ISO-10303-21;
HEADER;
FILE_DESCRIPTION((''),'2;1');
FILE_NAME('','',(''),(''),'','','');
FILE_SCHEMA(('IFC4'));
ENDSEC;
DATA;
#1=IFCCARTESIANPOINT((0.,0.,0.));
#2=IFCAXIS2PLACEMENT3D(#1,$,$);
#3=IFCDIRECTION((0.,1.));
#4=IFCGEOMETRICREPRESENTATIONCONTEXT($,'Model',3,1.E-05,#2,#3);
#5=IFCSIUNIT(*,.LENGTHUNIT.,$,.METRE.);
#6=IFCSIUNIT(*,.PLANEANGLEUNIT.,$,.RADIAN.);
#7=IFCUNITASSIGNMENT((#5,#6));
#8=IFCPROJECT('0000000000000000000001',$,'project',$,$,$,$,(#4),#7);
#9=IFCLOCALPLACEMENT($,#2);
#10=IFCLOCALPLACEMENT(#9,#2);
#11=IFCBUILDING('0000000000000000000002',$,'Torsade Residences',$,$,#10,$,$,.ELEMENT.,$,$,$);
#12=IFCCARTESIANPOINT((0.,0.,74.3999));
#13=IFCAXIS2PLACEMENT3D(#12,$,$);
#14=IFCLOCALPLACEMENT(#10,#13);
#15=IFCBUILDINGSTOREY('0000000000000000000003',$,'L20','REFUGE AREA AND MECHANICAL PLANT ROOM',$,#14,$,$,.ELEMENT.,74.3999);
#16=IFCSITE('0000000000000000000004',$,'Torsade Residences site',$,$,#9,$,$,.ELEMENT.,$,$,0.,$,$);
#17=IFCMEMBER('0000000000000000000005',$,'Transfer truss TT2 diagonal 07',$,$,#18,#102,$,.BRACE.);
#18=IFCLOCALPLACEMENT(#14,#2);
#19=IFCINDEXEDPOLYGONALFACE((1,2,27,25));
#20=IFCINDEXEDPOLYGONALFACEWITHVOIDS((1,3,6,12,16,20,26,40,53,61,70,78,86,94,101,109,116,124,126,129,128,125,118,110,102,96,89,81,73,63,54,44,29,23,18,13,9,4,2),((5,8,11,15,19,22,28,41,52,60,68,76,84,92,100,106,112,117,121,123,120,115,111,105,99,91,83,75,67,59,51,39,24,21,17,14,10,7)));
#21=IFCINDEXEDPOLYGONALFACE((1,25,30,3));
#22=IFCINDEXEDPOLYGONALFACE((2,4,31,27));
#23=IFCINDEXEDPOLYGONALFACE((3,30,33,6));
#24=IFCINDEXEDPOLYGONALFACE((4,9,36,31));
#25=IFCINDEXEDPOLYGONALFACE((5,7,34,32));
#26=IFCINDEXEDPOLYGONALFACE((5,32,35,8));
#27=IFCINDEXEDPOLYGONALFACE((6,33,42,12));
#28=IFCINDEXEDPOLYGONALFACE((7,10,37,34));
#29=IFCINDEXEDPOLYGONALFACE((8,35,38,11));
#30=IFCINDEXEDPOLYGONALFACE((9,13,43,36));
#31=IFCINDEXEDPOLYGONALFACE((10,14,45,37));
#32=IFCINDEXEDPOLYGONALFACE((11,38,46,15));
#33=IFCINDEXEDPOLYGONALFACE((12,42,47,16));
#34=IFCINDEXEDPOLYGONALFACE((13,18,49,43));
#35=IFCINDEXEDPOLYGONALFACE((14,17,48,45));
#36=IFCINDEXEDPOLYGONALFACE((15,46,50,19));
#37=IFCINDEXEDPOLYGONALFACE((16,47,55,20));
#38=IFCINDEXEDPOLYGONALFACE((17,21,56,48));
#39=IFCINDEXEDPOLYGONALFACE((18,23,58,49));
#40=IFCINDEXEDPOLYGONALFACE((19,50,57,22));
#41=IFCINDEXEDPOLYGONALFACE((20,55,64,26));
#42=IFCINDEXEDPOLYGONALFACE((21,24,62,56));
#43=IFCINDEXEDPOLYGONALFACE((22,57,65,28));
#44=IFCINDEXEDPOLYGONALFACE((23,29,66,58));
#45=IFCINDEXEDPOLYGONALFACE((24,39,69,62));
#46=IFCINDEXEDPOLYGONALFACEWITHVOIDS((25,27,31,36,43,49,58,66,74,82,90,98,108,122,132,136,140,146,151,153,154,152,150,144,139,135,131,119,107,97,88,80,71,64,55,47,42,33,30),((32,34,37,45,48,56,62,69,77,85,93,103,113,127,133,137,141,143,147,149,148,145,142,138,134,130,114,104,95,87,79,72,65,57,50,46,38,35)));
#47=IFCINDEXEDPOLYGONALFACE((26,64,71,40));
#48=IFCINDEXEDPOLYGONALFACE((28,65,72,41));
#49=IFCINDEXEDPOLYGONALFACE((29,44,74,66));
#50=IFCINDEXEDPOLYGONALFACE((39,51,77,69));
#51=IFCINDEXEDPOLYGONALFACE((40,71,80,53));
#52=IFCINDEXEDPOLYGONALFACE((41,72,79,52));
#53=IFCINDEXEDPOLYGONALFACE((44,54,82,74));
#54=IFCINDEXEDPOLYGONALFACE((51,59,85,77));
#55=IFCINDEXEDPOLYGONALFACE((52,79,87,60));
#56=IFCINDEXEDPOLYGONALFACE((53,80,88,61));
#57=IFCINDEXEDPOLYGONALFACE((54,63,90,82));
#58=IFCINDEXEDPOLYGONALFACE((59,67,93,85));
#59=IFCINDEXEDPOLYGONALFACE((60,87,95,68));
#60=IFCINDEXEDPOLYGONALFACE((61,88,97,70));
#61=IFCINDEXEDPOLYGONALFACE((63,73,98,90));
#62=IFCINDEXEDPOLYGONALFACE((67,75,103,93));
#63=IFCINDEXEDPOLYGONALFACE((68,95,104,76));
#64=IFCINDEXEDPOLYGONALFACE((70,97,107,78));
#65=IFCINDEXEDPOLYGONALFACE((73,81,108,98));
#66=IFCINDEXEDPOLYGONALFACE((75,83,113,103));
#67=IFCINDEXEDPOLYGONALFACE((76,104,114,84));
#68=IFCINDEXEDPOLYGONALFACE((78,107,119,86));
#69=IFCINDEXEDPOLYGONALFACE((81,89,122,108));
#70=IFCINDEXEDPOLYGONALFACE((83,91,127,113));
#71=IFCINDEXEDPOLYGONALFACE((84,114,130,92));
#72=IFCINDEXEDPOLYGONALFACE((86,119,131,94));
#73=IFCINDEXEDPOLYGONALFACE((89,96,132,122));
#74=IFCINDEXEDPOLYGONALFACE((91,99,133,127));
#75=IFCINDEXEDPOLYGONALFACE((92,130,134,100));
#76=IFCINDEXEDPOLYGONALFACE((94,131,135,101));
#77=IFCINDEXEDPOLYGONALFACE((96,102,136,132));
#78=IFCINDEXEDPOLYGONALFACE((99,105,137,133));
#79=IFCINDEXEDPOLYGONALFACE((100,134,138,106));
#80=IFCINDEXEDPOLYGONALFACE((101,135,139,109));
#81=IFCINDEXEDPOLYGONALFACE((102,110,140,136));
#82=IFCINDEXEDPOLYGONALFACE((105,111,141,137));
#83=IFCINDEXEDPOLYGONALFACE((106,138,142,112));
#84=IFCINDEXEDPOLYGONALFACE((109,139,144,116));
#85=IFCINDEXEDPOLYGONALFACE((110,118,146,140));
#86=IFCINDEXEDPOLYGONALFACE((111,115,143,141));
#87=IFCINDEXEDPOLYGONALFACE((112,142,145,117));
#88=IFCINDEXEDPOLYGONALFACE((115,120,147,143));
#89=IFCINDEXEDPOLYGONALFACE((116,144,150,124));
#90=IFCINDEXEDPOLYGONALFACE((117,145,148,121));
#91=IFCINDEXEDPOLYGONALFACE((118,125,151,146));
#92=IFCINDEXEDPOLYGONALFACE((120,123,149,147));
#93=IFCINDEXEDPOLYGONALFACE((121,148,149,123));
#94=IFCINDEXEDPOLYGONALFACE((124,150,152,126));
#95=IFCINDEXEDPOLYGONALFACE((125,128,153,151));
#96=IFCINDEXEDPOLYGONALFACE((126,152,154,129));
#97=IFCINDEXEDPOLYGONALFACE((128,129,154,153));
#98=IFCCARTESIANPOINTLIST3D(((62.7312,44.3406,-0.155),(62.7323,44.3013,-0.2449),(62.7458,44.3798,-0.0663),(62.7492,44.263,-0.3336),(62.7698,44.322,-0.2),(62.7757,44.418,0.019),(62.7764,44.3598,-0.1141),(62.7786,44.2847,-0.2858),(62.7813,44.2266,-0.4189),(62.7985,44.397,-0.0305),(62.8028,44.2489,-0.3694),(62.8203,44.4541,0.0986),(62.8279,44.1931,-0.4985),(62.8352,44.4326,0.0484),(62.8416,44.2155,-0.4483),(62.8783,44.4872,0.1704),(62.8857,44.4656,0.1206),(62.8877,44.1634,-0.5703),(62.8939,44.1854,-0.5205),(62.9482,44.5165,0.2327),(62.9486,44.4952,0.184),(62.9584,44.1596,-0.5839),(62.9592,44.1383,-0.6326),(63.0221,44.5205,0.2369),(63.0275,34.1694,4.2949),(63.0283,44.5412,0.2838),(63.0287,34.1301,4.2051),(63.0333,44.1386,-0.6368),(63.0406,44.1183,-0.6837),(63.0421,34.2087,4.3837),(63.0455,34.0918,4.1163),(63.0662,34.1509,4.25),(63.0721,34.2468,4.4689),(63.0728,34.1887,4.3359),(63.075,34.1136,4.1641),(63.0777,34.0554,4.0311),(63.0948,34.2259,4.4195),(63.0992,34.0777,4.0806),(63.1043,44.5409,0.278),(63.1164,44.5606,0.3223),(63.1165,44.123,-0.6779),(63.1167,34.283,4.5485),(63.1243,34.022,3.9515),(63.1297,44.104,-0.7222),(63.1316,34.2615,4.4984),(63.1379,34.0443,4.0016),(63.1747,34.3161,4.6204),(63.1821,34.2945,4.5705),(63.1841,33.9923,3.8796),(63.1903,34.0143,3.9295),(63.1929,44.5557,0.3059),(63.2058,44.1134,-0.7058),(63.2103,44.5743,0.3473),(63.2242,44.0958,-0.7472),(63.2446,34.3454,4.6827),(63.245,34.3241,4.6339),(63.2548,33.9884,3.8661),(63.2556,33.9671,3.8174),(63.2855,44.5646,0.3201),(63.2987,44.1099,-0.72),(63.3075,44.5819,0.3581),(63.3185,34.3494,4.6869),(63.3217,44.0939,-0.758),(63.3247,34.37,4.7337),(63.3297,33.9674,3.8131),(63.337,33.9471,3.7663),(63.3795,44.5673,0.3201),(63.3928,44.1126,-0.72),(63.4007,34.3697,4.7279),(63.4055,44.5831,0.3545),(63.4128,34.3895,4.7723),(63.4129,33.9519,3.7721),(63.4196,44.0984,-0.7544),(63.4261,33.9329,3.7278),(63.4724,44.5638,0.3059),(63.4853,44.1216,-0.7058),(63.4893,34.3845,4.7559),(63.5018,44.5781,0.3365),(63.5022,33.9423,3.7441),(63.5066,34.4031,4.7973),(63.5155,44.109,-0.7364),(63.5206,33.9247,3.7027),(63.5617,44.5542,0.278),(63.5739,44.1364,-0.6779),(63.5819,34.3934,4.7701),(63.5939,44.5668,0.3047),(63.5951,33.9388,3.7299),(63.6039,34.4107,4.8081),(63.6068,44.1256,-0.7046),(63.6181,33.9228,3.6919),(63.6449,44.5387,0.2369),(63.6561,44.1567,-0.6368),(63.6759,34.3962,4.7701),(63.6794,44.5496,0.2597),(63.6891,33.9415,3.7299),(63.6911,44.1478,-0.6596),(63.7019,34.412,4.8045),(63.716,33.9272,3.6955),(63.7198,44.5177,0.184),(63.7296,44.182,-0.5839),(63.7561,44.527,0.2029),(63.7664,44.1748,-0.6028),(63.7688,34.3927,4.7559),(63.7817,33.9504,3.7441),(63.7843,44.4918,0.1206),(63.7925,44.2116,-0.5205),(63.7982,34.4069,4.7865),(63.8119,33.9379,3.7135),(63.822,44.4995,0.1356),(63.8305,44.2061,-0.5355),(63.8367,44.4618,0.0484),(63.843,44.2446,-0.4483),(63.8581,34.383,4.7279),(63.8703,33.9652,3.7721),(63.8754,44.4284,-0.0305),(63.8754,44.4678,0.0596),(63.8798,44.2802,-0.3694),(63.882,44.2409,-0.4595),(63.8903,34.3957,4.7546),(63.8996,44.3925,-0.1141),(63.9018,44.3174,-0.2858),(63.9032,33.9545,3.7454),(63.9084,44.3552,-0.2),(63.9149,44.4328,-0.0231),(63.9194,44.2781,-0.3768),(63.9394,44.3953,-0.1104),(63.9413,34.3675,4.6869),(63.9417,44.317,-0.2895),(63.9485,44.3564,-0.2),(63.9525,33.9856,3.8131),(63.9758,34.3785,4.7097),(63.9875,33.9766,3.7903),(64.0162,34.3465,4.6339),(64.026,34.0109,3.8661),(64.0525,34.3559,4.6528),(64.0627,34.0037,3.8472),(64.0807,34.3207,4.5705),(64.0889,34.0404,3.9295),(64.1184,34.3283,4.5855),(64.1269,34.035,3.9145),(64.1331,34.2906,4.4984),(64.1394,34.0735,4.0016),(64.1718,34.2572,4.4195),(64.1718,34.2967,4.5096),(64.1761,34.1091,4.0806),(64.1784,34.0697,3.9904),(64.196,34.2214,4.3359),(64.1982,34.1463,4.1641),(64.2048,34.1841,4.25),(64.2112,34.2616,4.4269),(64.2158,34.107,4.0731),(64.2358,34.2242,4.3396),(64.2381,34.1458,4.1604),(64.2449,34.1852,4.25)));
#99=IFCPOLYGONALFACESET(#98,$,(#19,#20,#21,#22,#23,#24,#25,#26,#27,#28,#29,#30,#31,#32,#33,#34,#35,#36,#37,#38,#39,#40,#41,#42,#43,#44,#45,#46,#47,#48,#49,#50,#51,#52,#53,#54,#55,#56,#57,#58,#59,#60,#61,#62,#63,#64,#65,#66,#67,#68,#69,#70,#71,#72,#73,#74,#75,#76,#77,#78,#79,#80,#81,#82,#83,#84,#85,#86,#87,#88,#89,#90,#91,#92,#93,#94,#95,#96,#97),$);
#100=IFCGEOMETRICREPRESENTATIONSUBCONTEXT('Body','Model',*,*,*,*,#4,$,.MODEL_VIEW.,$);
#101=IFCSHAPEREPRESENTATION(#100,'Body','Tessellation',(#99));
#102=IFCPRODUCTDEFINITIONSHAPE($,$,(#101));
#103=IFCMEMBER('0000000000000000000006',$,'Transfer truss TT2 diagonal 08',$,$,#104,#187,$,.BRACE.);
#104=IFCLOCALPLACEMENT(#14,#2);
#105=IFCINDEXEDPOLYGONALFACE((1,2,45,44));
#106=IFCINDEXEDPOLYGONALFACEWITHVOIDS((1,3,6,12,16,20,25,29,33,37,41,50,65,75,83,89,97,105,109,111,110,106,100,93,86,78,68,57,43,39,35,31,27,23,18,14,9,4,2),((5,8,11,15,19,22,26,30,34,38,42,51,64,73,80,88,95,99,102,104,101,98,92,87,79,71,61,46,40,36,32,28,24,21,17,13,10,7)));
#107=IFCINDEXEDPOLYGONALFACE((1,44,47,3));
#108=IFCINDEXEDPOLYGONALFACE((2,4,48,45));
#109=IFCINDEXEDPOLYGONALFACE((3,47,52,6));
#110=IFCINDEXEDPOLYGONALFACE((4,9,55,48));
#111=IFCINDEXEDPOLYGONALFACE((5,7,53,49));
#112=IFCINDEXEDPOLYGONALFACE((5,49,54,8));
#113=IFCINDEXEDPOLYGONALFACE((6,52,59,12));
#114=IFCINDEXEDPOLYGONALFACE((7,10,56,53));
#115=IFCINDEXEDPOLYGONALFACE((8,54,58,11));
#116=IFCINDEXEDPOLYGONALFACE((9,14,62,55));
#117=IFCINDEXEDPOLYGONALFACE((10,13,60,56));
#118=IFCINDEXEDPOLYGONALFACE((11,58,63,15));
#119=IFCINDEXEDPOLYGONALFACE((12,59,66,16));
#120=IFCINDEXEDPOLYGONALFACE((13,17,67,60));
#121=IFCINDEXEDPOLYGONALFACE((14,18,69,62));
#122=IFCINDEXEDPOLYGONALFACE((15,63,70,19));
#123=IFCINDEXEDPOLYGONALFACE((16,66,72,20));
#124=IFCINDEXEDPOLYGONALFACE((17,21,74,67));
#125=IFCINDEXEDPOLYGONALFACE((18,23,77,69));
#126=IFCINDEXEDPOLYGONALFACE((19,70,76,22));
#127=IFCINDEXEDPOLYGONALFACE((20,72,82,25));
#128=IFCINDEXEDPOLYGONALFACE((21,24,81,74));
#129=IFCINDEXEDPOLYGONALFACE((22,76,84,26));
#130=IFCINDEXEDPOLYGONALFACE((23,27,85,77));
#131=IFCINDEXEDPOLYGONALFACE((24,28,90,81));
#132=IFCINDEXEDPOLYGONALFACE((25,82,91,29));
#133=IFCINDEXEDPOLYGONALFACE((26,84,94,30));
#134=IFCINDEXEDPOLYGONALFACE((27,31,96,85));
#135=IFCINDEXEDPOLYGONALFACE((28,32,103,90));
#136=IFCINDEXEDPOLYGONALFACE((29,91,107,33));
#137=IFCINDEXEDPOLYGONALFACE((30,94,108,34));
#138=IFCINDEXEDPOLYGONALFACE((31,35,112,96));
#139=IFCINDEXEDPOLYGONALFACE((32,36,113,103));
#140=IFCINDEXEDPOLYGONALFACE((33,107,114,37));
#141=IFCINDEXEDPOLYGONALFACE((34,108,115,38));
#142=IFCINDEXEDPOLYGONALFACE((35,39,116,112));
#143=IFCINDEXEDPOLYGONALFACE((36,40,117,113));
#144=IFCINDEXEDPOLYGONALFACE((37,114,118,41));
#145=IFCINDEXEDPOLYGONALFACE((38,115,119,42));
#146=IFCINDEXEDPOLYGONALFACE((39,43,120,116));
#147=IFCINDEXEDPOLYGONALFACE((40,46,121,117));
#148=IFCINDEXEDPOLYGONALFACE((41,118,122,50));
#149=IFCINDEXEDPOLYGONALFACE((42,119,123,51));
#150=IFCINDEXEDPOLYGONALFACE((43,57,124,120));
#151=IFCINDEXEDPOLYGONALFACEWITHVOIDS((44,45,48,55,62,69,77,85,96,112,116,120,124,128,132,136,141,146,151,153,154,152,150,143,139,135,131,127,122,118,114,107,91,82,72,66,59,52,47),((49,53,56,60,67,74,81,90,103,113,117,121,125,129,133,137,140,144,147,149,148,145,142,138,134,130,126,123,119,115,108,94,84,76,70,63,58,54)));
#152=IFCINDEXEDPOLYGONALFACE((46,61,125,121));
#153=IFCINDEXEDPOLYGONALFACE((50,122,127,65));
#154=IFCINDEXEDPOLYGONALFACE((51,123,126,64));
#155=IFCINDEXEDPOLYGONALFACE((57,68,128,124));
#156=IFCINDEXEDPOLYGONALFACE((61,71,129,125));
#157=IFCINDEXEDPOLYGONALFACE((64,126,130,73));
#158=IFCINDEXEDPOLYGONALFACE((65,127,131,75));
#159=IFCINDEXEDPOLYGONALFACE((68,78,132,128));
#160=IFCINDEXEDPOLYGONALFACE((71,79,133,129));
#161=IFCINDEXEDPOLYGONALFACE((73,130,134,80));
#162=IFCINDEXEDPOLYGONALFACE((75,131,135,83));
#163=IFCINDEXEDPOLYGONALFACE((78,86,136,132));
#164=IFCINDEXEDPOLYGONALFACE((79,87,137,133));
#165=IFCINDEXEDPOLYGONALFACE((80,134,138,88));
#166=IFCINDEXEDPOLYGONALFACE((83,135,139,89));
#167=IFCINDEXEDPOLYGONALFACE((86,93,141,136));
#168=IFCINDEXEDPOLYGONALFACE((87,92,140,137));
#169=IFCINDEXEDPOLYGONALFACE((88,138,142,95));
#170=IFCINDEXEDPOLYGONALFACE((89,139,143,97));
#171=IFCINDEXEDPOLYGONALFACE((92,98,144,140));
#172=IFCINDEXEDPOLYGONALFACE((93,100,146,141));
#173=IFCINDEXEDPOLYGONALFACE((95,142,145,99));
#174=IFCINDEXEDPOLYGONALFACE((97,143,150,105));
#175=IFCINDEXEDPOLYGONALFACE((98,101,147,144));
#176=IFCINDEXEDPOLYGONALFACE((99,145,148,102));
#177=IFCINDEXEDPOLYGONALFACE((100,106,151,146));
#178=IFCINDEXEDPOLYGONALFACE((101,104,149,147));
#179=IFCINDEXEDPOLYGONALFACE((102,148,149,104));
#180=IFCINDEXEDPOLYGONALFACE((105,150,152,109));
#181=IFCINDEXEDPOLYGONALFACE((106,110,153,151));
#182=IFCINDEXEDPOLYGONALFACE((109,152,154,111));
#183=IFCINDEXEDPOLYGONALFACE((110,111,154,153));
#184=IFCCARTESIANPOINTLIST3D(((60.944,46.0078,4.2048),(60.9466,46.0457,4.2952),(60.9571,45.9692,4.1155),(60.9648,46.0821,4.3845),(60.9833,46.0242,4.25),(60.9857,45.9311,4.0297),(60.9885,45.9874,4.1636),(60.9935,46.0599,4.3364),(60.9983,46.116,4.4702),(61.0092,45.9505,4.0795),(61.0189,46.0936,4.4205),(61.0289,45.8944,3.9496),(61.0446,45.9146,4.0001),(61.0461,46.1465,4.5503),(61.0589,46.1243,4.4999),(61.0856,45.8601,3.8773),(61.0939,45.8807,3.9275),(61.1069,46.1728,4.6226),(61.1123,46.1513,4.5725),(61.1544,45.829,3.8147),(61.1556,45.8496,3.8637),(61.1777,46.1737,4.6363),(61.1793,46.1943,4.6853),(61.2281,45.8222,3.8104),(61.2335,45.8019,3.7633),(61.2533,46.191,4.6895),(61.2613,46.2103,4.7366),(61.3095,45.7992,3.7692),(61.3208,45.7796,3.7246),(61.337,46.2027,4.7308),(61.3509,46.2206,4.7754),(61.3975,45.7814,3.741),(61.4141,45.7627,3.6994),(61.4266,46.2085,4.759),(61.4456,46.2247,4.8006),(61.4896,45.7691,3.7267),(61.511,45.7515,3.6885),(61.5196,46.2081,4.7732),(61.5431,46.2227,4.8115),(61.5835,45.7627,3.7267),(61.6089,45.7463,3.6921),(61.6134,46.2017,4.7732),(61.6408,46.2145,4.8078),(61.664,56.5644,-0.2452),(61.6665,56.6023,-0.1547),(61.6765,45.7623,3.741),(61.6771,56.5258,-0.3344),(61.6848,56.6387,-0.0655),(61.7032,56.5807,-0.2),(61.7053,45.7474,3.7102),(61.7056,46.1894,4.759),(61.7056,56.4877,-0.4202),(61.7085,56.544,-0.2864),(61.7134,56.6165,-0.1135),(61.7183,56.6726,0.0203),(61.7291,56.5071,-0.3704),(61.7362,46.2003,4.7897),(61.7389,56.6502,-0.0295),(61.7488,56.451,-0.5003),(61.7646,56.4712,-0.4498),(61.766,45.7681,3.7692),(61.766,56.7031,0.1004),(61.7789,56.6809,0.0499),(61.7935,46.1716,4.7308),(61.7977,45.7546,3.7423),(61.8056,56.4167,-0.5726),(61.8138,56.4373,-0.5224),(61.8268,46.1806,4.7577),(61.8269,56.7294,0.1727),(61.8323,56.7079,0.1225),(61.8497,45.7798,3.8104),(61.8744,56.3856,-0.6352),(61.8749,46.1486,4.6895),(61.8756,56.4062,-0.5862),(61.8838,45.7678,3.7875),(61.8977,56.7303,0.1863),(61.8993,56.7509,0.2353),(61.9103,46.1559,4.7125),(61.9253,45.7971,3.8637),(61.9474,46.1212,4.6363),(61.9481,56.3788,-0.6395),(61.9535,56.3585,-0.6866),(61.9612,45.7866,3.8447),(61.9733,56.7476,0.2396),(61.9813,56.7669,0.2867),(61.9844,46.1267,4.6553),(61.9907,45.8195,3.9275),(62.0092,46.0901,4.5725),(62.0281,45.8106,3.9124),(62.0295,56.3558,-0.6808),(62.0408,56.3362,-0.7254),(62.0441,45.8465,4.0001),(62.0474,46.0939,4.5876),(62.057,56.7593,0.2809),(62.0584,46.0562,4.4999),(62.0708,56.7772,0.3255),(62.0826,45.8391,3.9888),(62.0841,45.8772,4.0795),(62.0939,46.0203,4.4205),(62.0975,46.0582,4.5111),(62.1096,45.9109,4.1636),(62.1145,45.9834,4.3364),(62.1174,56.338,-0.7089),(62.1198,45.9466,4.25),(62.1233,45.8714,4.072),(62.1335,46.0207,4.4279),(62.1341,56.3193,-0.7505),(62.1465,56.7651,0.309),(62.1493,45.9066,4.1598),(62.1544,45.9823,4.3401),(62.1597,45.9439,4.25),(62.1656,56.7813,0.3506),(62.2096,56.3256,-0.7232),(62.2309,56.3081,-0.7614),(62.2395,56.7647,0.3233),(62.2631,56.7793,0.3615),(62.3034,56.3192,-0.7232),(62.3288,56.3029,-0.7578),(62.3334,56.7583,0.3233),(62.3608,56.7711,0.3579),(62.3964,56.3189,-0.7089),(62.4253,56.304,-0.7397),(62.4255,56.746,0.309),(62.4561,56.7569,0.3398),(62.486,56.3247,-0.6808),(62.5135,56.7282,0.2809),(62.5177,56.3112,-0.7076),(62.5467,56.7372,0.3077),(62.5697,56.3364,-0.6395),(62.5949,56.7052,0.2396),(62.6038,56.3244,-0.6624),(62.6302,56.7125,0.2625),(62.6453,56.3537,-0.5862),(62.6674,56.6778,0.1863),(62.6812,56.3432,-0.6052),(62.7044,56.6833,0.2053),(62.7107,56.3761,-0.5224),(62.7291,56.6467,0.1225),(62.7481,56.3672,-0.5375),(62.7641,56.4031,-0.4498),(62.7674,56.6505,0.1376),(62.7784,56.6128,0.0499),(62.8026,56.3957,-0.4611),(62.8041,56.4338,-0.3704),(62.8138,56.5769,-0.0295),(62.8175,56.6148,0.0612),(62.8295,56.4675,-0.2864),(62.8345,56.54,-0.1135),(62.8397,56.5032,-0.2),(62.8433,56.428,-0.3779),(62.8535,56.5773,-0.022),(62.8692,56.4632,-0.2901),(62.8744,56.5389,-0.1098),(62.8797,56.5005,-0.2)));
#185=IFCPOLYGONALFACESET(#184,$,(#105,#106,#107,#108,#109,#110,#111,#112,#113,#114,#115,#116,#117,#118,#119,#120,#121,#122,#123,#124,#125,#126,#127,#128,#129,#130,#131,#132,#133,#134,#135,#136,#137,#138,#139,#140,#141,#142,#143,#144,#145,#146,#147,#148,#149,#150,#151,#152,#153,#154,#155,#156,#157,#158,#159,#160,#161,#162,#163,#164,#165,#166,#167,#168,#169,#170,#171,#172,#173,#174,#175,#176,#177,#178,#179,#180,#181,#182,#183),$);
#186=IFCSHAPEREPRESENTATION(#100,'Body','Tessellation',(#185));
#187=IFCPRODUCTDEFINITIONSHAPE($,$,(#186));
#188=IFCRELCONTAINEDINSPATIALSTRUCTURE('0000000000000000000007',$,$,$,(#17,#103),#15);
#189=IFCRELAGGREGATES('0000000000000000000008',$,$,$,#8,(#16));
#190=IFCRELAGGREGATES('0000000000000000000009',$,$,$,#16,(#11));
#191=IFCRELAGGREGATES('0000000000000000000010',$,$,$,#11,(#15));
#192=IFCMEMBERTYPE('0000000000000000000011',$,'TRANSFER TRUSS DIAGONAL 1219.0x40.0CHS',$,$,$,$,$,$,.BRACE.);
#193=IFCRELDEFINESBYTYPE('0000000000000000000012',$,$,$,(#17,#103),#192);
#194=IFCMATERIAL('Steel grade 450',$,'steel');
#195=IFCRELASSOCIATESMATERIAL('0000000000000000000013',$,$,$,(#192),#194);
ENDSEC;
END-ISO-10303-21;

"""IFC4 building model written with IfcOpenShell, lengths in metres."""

from ifc_helpers import new_model, si_unit, direction, frame, origin, origin_2d, place, context, subcontext, project, spatial, hollow_circle, extrude, material, material_profile, profile_set, type_object, element, save


model = new_model("IFC4")

# Units and contexts
model_context = context("Model", 3, precision=1e-05, world=origin(), true_north=direction((0.0, 1.0)))
body_context = subcontext(model_context, "Body", "Model", "MODEL_VIEW")
ifc_project = project(units=[si_unit("LENGTHUNIT", "METRE"), si_unit("PLANEANGLEUNIT", "RADIAN")], contexts=[model_context])

# Site, building, storey
site_placement = place(None, origin())
site = spatial("IfcSite", under=ifc_project, at=site_placement, Name="Torsade Residences site", CompositionType="ELEMENT", RefElevation=0.0)
building_placement = place(site_placement, origin())
building = spatial("IfcBuilding", under=site, at=building_placement, Name="Torsade Residences", CompositionType="ELEMENT")
storey_placement = place(building_placement, frame((0.0, 0.0, 74.3999)))
storey = spatial("IfcBuildingStorey", under=building, at=storey_placement, Name="L20", Description="REFUGE AREA AND MECHANICAL PLANT ROOM", CompositionType="ELEMENT", Elevation=74.3999)

# Members
ifc_material_1 = material(Name="Steel grade 450", Category="steel")
ifc_material_profile_1 = material_profile(ifc_material_1, hollow_circle(Radius=0.6096, WallThickness=0.04, at=origin_2d()), Name="1219.0x40.0CHS")
ifc_profile_set_1 = profile_set([ifc_material_profile_1], Name="Steel grade 450")
member_type_1 = type_object("IfcMemberType", Name="TRANSFER TRUSS DIAGONAL 1219.0x40.0CHS", PredefinedType="BRACE", material=ifc_profile_set_1)
member_1_placement = place(storey_placement, frame((63.3391, 44.3386, -0.2), z_axis=(0.026687, -0.915829, 0.400682), x_axis=(0.999576, 0.029128, 0.0)))
element("IfcMember", 1, at=member_1_placement, inside=storey, type_object=member_type_1, Name="Transfer truss TT2 diagonal 07", PredefinedType="BRACE", context=body_context, shape_type="SweptSolid", body=[
    extrude(hollow_circle(Radius=0.6096, WallThickness=0.04, at=origin_2d()), origin(), (0.0, 0.0, 1.0), 11.106),
])
member_2_placement = place(storey_placement, frame((62.2715, 56.542, -0.2), z_axis=(-0.062722, -0.919663, 0.387667), x_axis=(0.997682, -0.068043, 0.0)))
element("IfcMember", 2, at=member_2_placement, inside=storey, type_object=member_type_1, Name="Transfer truss TT2 diagonal 08", PredefinedType="BRACE", context=body_context, shape_type="SweptSolid", body=[
    extrude(hollow_circle(Radius=0.6096, WallThickness=0.04, at=origin_2d()), origin(), (0.0, 0.0, 1.0), 11.4788),
])

save(model, "model.ifc")
